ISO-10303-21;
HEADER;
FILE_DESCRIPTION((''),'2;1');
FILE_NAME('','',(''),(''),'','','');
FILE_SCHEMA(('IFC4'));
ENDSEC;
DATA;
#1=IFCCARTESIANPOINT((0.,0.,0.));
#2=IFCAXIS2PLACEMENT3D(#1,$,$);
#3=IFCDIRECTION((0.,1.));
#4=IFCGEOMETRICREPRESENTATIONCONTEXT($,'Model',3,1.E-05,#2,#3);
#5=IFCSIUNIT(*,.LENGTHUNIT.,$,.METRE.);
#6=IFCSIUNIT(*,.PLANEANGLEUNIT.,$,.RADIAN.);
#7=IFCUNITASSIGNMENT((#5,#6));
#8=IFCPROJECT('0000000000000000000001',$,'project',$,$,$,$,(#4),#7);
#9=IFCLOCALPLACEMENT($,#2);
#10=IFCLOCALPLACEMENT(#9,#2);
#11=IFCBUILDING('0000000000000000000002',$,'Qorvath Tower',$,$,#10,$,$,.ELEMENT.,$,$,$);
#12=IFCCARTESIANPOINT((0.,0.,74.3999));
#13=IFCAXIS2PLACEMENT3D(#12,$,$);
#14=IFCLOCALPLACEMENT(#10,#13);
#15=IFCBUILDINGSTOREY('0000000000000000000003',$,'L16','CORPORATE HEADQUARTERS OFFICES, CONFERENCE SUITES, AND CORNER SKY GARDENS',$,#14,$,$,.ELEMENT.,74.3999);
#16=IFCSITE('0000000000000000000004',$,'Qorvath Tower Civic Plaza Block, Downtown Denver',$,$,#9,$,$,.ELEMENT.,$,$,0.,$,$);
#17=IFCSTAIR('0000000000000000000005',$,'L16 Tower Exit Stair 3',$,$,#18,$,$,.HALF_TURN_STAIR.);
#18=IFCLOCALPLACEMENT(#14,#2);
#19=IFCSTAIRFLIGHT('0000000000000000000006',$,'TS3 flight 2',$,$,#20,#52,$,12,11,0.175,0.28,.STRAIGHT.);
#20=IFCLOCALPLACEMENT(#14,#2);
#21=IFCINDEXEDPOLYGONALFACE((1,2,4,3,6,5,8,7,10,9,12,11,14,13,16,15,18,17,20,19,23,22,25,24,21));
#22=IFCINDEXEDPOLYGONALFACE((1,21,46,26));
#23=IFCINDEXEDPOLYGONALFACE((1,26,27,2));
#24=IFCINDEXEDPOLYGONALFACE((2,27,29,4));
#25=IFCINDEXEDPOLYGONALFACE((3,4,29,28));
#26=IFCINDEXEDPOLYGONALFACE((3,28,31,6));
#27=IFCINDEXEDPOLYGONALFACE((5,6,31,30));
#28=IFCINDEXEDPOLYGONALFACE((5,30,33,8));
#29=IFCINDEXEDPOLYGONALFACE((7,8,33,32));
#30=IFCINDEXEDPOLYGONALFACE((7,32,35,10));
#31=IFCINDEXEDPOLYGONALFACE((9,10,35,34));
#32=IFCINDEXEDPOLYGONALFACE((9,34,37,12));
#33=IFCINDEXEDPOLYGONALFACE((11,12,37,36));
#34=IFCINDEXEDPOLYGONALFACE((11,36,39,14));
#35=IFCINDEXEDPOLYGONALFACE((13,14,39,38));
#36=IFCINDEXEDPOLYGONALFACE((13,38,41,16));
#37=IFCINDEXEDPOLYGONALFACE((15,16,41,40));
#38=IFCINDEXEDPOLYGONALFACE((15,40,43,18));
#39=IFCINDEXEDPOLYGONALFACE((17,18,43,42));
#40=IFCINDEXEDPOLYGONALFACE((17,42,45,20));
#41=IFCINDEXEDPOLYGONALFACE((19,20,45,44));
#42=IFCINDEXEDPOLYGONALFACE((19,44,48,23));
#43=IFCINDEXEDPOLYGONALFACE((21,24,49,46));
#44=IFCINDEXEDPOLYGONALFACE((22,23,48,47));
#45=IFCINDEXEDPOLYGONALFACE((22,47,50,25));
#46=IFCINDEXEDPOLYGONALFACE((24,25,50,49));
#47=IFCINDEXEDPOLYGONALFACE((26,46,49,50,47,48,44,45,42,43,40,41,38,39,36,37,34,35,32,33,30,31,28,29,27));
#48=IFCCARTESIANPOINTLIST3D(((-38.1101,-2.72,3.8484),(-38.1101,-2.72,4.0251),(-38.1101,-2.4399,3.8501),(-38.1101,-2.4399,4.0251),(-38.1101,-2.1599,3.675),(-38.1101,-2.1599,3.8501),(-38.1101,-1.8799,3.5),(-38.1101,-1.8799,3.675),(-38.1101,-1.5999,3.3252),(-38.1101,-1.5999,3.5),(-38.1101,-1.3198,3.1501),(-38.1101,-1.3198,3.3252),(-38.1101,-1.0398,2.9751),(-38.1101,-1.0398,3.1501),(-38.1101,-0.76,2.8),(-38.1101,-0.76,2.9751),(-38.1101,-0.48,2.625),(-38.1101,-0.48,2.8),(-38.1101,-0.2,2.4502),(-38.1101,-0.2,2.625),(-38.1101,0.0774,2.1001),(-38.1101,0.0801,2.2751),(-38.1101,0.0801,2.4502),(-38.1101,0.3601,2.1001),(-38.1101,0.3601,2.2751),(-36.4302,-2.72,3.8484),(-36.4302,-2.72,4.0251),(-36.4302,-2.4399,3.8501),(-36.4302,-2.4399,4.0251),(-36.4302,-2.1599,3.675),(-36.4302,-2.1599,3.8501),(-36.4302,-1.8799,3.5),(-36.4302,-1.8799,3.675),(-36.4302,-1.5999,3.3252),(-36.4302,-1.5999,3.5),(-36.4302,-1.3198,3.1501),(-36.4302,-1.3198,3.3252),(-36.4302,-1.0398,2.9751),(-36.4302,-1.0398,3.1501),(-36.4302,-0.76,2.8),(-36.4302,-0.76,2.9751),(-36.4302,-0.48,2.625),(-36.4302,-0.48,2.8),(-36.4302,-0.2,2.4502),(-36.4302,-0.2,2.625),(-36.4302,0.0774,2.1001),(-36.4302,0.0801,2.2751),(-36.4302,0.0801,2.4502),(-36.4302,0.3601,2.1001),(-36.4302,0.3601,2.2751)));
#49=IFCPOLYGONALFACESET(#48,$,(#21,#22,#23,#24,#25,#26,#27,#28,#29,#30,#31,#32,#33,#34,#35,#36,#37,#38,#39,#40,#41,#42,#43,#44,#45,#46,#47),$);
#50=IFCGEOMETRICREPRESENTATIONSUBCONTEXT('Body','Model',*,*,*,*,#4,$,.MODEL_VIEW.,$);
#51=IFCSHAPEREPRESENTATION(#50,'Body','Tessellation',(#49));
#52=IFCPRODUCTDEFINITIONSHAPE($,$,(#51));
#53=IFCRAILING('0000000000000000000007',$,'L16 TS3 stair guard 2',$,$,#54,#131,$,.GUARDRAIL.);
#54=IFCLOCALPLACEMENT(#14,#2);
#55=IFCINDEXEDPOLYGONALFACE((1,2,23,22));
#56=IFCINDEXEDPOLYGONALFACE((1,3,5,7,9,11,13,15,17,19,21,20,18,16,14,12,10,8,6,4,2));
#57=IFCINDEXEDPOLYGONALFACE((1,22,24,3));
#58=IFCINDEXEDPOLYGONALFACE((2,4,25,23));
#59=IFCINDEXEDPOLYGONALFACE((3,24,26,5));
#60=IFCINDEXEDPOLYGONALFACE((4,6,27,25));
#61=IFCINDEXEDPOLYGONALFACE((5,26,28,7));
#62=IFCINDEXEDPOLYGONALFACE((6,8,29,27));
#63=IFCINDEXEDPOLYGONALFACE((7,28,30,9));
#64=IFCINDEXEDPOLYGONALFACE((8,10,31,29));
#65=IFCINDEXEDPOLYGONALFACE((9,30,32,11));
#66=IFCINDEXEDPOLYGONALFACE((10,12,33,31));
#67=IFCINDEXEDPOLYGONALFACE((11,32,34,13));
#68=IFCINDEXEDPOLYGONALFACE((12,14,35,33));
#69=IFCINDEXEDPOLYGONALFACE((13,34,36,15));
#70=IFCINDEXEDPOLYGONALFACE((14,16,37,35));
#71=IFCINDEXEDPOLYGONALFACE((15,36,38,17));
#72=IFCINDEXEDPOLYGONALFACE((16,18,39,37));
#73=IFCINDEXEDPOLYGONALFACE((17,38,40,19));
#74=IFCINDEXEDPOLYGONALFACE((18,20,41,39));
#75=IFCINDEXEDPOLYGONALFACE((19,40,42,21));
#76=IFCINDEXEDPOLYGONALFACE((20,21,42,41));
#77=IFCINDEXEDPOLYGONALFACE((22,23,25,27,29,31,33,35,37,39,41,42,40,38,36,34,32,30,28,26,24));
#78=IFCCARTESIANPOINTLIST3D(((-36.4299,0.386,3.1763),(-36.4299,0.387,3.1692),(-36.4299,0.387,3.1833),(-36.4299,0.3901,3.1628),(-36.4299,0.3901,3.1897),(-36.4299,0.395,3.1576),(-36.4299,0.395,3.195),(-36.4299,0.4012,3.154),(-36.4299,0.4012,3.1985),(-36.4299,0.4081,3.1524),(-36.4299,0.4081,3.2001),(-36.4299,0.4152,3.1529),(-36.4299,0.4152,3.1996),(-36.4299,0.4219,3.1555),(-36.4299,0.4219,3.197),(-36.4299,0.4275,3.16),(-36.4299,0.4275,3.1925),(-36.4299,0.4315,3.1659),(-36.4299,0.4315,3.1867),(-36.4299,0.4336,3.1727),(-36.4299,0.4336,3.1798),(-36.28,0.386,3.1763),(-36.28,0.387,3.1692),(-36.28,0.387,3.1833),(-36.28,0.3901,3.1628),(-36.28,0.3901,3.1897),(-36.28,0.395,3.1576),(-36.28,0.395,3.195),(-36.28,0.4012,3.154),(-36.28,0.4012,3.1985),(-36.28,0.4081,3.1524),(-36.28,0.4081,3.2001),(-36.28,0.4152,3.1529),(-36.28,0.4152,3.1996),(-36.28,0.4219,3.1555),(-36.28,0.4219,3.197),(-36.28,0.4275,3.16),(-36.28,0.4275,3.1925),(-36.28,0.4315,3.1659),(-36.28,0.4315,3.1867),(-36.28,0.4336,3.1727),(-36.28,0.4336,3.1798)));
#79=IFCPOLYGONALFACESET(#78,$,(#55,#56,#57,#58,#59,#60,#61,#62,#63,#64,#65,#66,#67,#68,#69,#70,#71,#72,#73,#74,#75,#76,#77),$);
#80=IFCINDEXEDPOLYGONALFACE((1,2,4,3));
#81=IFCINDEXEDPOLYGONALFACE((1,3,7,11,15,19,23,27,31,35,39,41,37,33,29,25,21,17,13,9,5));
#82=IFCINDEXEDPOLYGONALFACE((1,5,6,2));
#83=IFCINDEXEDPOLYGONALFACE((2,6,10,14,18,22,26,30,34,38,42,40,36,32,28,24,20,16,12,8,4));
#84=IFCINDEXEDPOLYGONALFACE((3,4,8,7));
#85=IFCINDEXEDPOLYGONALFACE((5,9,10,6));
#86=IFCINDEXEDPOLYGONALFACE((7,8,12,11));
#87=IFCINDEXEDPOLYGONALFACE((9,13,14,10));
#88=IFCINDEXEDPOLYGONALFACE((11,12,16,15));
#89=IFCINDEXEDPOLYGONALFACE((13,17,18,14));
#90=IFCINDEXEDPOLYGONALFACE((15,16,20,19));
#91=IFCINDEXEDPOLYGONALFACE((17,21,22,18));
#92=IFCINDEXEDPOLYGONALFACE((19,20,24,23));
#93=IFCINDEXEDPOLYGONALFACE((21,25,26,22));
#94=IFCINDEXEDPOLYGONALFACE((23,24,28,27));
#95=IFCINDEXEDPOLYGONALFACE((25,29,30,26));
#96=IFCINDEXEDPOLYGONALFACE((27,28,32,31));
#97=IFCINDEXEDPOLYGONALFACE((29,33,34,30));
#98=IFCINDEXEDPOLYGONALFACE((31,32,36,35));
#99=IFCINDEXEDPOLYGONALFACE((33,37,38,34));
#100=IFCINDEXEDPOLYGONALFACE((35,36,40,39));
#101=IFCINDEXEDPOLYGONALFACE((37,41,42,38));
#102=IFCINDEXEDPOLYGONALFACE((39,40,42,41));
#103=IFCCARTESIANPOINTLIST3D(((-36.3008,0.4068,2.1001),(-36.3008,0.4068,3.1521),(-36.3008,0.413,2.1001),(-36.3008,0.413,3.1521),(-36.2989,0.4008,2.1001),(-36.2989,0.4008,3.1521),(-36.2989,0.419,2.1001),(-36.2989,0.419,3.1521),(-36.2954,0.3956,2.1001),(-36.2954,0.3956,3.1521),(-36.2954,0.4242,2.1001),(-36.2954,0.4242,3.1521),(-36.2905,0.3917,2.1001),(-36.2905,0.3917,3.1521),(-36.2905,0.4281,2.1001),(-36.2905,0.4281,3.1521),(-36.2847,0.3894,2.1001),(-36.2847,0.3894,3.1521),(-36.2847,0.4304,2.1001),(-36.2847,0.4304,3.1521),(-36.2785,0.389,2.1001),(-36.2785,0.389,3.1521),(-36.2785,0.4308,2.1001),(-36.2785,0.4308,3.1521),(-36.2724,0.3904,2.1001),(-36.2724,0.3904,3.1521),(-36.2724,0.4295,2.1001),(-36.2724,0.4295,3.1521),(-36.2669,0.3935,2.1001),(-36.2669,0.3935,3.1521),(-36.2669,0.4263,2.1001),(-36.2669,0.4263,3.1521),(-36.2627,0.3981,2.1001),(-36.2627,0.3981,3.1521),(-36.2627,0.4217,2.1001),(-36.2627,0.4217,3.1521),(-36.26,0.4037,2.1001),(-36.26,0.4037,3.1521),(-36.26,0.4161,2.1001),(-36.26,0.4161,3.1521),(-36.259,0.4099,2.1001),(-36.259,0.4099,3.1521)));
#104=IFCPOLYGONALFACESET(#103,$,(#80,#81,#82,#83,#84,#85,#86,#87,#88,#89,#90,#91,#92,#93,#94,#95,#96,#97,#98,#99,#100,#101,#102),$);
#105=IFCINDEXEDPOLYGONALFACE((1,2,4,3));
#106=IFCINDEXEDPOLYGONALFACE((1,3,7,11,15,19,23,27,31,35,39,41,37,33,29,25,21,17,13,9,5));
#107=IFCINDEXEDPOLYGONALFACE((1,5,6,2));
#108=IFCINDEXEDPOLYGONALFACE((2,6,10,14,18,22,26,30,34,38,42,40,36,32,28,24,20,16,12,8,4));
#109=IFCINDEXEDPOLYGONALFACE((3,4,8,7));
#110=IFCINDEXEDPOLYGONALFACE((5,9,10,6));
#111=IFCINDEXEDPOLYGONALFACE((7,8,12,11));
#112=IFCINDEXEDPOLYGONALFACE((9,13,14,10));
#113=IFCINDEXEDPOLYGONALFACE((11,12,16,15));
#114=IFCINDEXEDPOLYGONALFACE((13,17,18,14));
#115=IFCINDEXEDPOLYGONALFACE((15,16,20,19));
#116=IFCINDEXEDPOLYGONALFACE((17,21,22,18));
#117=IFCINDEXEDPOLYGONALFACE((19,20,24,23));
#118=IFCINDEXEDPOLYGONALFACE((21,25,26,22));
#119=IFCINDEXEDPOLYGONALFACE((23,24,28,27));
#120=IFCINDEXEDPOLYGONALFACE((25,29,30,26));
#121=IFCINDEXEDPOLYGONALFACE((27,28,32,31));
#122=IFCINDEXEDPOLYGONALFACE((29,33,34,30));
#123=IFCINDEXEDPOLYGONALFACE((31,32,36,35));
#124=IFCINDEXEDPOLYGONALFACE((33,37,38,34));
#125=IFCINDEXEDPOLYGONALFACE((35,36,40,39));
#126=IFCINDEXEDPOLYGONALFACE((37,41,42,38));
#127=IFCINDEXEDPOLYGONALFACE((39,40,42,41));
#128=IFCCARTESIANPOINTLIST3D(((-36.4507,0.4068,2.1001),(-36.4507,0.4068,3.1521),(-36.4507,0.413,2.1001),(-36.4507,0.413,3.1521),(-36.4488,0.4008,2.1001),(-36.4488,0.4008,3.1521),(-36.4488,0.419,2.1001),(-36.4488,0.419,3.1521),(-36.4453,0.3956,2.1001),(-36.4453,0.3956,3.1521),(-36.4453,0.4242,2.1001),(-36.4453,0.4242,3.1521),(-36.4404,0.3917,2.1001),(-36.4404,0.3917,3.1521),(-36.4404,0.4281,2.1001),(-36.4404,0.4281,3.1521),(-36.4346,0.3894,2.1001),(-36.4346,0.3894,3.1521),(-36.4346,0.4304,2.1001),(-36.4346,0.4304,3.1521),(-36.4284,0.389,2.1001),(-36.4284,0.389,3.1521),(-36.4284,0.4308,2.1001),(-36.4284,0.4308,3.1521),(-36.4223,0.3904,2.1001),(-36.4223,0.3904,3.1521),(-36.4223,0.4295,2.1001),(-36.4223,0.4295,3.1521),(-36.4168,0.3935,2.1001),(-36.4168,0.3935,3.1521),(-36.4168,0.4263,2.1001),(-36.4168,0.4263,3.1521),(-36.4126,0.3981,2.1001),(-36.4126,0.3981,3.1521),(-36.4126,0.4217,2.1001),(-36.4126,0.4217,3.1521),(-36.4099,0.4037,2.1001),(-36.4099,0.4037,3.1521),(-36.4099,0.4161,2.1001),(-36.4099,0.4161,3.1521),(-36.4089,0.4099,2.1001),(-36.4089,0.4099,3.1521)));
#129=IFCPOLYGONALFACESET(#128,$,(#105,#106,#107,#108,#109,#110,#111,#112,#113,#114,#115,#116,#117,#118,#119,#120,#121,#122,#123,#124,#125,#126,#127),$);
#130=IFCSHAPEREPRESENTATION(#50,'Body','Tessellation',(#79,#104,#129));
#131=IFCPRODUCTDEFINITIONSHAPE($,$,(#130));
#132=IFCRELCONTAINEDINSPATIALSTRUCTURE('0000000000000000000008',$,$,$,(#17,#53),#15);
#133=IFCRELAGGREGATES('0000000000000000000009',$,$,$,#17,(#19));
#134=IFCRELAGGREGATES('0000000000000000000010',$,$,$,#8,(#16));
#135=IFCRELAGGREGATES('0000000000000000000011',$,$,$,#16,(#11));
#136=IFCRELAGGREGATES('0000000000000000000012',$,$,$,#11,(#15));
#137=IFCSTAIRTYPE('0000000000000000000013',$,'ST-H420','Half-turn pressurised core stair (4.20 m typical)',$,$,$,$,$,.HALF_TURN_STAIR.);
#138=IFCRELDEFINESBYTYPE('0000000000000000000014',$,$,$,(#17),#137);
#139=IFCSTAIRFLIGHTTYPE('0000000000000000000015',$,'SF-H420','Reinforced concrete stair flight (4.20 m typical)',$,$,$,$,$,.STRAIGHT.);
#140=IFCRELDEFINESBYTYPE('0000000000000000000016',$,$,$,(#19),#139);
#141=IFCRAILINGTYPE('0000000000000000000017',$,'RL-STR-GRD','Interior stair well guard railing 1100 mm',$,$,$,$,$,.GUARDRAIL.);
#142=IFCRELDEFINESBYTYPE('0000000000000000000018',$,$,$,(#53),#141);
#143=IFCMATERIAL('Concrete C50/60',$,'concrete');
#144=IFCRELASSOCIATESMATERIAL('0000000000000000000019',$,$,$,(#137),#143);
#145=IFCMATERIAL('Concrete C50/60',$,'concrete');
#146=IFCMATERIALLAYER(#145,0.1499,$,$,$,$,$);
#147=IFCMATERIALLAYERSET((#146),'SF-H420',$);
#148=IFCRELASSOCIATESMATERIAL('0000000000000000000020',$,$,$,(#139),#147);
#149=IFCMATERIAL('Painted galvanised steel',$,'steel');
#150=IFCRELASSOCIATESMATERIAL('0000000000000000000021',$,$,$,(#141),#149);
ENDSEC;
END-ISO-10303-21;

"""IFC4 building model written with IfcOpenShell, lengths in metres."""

from ifc_helpers import new_model, si_unit, direction, frame, origin, origin_2d, place, context, subcontext, project, spatial, polyline, circle, outline, extrude, material, layer, layer_set, type_object, element, aggregate, save


model = new_model("IFC4")

# Units and contexts
model_context = context("Model", 3, precision=1e-05, world=origin(), true_north=direction((0.0, 1.0)))
body_context = subcontext(model_context, "Body", "Model", "MODEL_VIEW")
ifc_project = project(units=[si_unit("LENGTHUNIT", "METRE"), si_unit("PLANEANGLEUNIT", "RADIAN")], contexts=[model_context])

# Site, building, storey
site_placement = place(None, origin())
site = spatial("IfcSite", under=ifc_project, at=site_placement, Name="Qorvath Tower Civic Plaza Block, Downtown Denver", CompositionType="ELEMENT", RefElevation=0.0)
building_placement = place(site_placement, origin())
building = spatial("IfcBuilding", under=site, at=building_placement, Name="Qorvath Tower", CompositionType="ELEMENT")
storey_placement = place(building_placement, frame((0.0, 0.0, 74.3999)))
storey = spatial("IfcBuildingStorey", under=building, at=storey_placement, Name="L16", Description="CORPORATE HEADQUARTERS OFFICES, CONFERENCE SUITES, AND CORNER SKY GARDENS", CompositionType="ELEMENT", Elevation=74.3999)

# Stair, stair flight
ifc_material_1 = material(Name="Concrete C50/60", Category="concrete")
stair_type = type_object("IfcStairType", Name="ST-H420", Description="Half-turn pressurised core stair (4.20 m typical)", PredefinedType="HALF_TURN_STAIR", material=ifc_material_1)
stair_placement = place(storey_placement, origin())
stair = element("IfcStair", 1, at=stair_placement, inside=storey, type_object=stair_type, Name="L16 Tower Exit Stair 3", PredefinedType="HALF_TURN_STAIR")
ifc_material_2 = material(Name="Concrete C50/60", Category="concrete")
ifc_layer_1 = layer(ifc_material_2, 0.1499)
ifc_layer_set_1 = layer_set([ifc_layer_1], Name="SF-H420")
stair_flight_type = type_object("IfcStairFlightType", Name="SF-H420", Description="Reinforced concrete stair flight (4.20 m typical)", PredefinedType="STRAIGHT", material=ifc_layer_set_1)
stair_flight_placement = place(storey_placement, frame((-37.27, 0.3601, 2.1001), z_axis=(0.0, 0.0, 1.0), x_axis=(0.0, -1.0, 0.0)))
stair_flight = element("IfcStairFlight", 2, at=stair_flight_placement, type_object=stair_flight_type, Name="TS3 flight 2", NumberOfRisers=12, NumberOfTreads=11, PredefinedType="STRAIGHT", RiserHeight=0.175, TreadLength=0.28, context=body_context, shape_type="SweptSolid", body=[
    extrude(outline(polyline([(0.0, 0.0), (0.0, 0.175), (0.28, 0.175), (0.28, 0.3501), (0.5601, 0.3501), (0.5601, 0.5249), (0.8401, 0.5249), (0.8401, 0.7), (1.1201, 0.7), (1.1201, 0.875), (1.3999, 0.875), (1.3999, 1.05), (1.6799, 1.05), (1.6799, 1.2251), (1.96, 1.2251), (1.96, 1.3999), (2.24, 1.3999), (2.24, 1.575), (2.52, 1.575), (2.52, 1.75), (2.8, 1.75), (2.8, 1.925), (3.0801, 1.925), (3.0801, 2.1001), (3.0801, 1.7483), (0.2827, 0.0), (0.0, 0.0)])), frame((0.0, 0.8398, 0.0), z_axis=(0.0, -1.0, 0.0), x_axis=(1.0, 0.0, 0.0)), (0.0, 0.0, 1.0), 1.6799),
])
aggregate(stair, [stair_flight])

# Railing
ifc_material_3 = material(Name="Painted galvanised steel", Category="steel")
railing_type_1 = type_object("IfcRailingType", Name="RL-STR-GRD", Description="Interior stair well guard railing 1100 mm", PredefinedType="GUARDRAIL", material=ifc_material_3)
railing_1_placement = place(storey_placement, frame((-36.28, 0.4099, 2.1001)))
element("IfcRailing", 3, at=railing_1_placement, inside=storey, type_object=railing_type_1, Name="L16 TS3 stair guard 2", PredefinedType="GUARDRAIL", context=body_context, shape_type="SweptSolid", body=[
    extrude(circle(Radius=0.0239, at=origin_2d()), frame((0.0, 0.0, 1.0762), z_axis=(-1.0, 0.0, 0.0), x_axis=(0.0, -1.0, 0.0)), (0.0, 0.0, 1.0), 0.1499),
    extrude(circle(Radius=0.021, at=origin_2d()), origin(), (0.0, 0.0, 1.0), 1.052),
    extrude(circle(Radius=0.021, at=origin_2d()), frame((-0.1499, 0.0, 0.0)), (0.0, 0.0, 1.0), 1.052),
])

save(model, "model.ifc")
